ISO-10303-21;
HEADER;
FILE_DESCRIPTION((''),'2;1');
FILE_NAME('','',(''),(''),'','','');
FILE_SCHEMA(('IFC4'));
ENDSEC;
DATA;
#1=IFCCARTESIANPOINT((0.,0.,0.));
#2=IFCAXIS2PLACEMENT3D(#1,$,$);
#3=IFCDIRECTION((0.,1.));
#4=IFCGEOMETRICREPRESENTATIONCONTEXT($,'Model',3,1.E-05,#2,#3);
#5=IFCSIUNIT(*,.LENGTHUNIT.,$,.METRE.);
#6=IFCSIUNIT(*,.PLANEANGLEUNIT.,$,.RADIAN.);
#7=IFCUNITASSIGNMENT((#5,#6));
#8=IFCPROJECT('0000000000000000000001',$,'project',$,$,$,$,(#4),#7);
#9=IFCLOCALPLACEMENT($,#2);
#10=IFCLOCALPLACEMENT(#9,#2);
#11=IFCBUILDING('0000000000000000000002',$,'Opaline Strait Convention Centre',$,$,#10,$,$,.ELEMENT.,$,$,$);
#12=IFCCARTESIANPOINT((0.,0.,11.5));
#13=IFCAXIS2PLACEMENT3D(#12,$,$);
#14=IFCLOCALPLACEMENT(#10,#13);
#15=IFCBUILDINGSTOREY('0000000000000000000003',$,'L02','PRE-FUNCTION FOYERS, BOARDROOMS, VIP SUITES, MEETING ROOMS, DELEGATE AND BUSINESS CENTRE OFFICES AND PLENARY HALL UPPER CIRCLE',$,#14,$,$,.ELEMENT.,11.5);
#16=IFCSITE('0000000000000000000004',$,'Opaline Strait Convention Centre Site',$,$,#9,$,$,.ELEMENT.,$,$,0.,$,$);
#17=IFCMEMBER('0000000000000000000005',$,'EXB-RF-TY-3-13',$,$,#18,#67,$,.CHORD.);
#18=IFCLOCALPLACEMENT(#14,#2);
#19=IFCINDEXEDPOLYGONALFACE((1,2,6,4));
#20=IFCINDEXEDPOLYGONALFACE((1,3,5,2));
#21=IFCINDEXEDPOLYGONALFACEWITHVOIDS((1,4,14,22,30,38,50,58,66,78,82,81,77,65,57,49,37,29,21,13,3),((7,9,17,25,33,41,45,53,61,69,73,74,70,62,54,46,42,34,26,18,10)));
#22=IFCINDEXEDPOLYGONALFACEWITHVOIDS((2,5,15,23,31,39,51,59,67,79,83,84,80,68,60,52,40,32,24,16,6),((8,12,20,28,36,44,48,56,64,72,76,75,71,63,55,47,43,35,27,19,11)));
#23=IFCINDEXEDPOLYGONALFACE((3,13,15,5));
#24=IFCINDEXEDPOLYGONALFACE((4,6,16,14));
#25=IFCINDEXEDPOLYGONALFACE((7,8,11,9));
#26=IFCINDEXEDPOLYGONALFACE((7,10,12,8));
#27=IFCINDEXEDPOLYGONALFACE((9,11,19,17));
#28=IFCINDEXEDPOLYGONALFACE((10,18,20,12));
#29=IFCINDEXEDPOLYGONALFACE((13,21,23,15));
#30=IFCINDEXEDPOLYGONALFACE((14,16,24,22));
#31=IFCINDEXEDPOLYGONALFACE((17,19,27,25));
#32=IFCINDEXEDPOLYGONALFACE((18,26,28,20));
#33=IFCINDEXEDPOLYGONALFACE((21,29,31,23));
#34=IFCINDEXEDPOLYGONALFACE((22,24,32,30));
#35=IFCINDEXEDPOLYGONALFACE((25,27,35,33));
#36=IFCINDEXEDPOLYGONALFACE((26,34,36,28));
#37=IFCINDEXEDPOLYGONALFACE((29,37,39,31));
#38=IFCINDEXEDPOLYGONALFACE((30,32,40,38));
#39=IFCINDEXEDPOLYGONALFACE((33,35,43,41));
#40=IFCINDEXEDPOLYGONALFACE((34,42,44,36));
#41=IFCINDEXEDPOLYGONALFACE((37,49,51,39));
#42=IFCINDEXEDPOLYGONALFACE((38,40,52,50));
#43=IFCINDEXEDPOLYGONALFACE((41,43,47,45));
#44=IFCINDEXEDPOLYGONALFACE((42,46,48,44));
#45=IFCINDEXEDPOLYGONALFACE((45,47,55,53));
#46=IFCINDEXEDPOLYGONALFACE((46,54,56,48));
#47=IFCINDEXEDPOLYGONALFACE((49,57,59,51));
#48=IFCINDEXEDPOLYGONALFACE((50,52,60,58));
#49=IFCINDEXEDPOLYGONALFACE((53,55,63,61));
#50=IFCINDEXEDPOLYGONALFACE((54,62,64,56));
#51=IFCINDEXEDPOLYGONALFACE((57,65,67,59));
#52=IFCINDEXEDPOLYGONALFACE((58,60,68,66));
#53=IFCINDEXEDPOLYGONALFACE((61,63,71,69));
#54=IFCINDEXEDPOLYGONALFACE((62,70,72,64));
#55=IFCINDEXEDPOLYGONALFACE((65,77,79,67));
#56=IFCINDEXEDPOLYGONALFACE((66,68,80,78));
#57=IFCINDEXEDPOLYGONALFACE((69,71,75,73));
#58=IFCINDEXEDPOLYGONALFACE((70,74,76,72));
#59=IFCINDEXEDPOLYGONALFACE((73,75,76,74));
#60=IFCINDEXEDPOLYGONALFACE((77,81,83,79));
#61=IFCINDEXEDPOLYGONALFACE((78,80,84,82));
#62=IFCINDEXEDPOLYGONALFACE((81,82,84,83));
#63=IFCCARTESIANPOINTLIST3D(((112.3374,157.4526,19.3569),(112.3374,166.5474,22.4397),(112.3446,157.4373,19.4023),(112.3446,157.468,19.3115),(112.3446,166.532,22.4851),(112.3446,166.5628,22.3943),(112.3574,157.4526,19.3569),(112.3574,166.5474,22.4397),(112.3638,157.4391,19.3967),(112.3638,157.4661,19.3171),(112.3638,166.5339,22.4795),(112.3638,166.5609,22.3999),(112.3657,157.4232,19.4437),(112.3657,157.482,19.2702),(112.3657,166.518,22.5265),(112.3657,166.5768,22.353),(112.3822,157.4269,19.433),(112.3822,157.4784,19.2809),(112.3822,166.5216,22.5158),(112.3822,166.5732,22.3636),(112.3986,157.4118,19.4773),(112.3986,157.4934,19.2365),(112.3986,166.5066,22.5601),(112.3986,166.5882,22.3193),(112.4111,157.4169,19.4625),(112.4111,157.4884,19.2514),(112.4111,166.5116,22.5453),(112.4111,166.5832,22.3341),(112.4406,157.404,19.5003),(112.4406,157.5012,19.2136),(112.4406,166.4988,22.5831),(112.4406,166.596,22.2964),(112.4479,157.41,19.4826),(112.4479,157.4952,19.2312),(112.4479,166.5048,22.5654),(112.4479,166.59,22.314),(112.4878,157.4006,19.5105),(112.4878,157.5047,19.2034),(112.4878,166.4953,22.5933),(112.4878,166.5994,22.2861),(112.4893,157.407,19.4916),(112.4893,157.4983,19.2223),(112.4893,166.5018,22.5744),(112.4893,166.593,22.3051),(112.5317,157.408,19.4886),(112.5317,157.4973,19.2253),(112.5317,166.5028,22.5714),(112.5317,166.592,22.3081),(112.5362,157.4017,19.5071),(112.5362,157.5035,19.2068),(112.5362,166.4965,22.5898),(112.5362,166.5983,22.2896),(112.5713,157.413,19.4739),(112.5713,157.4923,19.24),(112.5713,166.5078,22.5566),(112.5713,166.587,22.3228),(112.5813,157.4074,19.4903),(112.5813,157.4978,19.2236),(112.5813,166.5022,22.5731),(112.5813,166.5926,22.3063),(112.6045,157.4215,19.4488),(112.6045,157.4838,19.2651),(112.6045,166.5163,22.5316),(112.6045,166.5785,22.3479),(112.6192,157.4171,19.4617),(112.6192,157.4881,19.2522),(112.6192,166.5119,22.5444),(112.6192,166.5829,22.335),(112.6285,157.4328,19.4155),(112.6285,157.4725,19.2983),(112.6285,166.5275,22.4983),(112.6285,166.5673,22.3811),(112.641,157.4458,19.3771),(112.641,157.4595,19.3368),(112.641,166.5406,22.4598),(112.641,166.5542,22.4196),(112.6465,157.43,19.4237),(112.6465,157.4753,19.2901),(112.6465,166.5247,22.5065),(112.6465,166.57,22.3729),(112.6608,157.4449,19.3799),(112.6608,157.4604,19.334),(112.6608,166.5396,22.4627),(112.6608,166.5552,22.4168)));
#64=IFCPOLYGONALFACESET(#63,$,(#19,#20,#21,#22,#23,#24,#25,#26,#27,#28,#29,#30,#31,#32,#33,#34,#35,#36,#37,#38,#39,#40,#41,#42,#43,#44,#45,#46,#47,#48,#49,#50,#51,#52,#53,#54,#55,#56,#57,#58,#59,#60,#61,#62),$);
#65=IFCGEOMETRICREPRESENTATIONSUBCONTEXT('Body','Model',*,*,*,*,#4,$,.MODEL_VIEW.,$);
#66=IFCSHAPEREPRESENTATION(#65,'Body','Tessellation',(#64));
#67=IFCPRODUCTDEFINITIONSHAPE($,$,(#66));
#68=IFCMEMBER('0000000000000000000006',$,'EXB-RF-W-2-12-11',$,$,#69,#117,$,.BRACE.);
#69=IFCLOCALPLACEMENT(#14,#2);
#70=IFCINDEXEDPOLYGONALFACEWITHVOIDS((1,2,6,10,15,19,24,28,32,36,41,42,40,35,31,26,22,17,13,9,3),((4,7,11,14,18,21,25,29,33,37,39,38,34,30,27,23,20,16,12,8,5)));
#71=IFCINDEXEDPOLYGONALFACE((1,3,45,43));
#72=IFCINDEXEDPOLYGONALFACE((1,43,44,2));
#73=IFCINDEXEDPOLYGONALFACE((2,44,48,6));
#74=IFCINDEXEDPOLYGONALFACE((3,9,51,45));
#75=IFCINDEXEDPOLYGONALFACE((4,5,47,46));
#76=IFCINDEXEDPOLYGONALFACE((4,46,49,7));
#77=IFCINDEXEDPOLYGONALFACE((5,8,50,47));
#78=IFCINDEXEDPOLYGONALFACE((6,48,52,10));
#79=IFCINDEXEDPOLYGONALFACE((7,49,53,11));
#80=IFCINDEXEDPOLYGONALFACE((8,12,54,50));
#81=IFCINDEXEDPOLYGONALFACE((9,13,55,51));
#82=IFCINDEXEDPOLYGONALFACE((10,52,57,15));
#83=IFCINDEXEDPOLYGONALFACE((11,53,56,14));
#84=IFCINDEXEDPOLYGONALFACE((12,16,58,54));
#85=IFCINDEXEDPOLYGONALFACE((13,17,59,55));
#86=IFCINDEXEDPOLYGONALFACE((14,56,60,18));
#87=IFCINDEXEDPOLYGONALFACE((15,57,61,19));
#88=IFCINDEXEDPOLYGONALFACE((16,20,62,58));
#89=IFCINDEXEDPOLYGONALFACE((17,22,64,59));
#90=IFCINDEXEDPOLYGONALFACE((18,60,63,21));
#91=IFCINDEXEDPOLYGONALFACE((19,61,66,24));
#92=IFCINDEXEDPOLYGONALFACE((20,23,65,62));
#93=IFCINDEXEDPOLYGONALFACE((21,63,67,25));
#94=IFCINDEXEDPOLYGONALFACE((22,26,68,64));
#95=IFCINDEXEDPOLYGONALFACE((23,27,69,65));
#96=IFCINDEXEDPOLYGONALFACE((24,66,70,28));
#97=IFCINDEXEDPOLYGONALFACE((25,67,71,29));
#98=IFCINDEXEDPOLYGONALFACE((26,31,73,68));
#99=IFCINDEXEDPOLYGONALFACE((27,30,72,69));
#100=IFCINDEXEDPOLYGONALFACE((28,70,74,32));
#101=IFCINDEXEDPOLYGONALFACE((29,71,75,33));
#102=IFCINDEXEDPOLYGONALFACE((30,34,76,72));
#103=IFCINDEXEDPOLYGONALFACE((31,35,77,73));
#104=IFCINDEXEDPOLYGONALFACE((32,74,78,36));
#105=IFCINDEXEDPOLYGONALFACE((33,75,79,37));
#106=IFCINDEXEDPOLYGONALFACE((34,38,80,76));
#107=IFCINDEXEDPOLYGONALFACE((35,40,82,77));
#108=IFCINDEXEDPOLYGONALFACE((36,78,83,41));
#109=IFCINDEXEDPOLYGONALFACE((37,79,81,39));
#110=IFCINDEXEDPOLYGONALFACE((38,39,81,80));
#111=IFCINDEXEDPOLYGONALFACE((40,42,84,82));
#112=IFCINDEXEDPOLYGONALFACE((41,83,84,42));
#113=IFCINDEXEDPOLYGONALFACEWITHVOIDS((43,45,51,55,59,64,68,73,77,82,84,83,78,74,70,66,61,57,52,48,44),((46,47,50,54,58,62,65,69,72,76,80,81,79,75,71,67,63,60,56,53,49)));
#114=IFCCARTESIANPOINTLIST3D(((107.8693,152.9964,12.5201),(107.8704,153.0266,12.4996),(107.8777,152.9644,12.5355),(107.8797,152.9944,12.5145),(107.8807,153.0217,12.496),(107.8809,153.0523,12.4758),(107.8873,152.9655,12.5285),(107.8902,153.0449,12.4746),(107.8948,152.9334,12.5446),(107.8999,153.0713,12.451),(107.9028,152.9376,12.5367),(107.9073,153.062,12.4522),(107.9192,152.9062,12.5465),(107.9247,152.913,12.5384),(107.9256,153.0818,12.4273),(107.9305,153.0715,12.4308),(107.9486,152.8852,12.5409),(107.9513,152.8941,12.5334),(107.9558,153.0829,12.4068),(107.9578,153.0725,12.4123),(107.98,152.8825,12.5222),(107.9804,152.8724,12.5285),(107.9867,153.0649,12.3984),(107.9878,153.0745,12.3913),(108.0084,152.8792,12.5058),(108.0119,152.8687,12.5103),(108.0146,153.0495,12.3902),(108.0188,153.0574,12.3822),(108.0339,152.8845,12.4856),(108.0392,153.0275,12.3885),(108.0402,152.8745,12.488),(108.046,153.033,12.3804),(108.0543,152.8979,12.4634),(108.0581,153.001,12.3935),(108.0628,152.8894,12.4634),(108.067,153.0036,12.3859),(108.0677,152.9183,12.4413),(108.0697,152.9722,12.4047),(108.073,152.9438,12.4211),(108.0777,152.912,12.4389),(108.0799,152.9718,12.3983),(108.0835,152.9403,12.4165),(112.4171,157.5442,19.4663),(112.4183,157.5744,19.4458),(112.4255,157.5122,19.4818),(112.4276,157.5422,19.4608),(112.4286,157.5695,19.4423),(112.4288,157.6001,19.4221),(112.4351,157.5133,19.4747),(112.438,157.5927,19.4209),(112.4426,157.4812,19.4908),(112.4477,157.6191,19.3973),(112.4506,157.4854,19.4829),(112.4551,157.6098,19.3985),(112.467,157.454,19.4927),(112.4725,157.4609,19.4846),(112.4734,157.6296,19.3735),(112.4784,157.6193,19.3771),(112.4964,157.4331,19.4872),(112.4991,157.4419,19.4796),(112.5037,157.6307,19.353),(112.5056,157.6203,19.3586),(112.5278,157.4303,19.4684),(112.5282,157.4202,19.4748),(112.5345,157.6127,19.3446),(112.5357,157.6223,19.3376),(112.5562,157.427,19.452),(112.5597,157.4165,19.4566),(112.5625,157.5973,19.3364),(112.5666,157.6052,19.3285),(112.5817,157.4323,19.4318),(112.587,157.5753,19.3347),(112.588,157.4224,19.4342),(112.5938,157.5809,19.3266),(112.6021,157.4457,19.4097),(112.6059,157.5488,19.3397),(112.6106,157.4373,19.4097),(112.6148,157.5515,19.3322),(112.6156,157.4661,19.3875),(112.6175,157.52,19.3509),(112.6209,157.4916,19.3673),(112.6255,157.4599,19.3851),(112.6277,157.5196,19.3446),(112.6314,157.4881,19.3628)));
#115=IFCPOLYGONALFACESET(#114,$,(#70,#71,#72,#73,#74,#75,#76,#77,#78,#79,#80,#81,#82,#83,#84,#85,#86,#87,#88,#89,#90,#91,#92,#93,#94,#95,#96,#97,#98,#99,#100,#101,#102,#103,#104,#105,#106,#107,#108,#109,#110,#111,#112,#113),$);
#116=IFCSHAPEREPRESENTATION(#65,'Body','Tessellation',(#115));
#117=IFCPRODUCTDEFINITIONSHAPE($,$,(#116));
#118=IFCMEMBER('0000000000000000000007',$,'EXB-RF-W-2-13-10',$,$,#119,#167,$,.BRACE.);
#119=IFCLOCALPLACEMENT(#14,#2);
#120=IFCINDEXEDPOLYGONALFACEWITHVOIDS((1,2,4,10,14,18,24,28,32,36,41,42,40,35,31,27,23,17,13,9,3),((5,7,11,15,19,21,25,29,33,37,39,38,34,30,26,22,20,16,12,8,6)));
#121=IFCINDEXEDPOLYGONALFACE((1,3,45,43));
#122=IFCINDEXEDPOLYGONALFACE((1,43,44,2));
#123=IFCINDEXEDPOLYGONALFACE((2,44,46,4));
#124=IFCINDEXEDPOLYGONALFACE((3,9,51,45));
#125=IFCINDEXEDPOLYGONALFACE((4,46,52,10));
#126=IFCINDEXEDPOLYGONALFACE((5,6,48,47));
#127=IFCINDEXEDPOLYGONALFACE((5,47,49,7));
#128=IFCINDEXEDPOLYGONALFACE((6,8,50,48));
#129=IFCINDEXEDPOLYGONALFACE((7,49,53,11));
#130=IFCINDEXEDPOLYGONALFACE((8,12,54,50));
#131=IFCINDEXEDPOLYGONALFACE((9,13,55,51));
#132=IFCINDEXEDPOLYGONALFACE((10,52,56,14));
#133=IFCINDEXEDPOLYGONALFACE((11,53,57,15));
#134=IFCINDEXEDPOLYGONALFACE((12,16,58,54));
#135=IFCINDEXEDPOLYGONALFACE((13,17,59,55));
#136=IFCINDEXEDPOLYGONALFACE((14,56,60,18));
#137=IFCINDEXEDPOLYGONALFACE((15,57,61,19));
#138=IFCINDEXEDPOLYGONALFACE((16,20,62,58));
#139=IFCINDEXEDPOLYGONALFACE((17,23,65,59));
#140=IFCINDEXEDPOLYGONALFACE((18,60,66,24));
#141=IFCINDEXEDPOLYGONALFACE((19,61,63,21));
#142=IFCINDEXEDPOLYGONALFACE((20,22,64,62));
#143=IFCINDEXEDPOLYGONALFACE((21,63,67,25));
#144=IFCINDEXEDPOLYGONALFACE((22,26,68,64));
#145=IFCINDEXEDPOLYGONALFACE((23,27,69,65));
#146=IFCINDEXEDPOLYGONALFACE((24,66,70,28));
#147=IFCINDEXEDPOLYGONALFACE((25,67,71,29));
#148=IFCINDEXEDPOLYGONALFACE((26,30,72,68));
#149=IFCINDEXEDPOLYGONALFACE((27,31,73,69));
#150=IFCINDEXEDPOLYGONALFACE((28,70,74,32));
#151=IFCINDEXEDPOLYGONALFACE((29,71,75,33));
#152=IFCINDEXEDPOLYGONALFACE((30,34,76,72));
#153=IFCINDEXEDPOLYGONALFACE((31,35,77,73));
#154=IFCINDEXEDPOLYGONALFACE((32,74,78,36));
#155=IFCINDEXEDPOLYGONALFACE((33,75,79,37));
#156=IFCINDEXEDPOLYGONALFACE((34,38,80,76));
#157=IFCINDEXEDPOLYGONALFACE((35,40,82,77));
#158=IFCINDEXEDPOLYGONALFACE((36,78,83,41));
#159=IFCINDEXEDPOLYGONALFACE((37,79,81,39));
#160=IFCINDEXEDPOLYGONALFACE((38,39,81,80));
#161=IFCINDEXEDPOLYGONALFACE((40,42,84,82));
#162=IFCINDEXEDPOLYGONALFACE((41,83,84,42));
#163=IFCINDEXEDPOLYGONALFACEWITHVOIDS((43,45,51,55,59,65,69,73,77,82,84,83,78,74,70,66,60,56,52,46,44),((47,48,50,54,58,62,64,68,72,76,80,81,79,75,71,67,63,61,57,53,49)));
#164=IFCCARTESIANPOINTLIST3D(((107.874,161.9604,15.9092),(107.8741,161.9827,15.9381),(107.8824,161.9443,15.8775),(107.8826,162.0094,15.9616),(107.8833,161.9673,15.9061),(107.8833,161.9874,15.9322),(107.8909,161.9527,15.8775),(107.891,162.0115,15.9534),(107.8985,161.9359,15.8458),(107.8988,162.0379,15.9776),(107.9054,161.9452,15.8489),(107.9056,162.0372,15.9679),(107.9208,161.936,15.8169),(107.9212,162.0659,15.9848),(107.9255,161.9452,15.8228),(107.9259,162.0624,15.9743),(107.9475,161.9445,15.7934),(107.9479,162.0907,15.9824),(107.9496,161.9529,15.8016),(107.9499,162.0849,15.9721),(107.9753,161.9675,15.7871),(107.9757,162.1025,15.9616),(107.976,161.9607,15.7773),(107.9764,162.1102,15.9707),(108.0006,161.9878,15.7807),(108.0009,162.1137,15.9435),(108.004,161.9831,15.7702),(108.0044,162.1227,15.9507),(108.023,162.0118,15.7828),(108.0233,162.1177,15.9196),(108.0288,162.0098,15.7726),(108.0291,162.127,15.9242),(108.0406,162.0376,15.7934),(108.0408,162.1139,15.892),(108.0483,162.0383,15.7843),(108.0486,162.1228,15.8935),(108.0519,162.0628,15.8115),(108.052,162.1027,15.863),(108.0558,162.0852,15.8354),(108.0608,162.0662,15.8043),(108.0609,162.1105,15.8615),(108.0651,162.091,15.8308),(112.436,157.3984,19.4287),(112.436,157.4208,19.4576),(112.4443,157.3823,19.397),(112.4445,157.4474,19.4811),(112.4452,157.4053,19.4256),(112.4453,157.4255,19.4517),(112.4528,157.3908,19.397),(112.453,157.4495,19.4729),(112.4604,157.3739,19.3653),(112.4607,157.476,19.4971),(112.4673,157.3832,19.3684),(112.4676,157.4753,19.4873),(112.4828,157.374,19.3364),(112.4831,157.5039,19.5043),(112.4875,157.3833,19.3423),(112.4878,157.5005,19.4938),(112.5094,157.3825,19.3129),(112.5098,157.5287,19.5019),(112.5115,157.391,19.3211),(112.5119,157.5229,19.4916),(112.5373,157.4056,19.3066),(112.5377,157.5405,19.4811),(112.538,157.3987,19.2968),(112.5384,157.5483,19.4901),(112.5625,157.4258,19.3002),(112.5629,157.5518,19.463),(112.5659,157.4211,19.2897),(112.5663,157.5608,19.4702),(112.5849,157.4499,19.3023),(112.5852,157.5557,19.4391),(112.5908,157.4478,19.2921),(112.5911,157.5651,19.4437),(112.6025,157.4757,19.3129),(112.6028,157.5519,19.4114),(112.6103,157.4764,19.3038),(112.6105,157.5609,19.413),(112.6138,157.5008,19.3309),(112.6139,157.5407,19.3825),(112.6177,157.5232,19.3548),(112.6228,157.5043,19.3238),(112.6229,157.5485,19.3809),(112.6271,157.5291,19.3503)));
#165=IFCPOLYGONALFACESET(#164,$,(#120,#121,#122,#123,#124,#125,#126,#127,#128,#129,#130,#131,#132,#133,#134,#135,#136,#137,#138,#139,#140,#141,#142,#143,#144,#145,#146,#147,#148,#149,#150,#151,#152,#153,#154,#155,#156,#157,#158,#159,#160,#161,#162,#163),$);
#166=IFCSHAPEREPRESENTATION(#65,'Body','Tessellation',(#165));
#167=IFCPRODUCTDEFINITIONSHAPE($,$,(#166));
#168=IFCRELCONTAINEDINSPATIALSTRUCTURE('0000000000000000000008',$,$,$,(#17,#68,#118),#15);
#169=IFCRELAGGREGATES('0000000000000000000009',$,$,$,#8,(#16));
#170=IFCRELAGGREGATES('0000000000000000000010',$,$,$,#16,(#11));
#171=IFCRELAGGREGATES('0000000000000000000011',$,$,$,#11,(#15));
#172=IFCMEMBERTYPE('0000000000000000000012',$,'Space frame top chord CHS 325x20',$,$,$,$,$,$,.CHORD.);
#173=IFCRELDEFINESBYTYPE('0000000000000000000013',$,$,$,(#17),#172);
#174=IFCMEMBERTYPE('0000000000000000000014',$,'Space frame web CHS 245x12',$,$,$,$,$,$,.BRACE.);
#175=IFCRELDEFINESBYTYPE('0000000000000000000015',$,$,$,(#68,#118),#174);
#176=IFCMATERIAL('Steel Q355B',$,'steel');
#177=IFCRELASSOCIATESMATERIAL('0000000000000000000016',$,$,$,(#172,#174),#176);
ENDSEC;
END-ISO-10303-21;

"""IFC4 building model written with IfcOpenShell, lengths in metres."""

from ifc_helpers import new_model, si_unit, direction, frame, origin, origin_2d, place, context, subcontext, project, spatial, hollow_circle, extrude, material, material_profile, profile_set, type_object, element, save


model = new_model("IFC4")

# Units and contexts
model_context = context("Model", 3, precision=1e-05, world=origin(), true_north=direction((0.0, 1.0)))
body_context = subcontext(model_context, "Body", "Model", "MODEL_VIEW")
ifc_project = project(units=[si_unit("LENGTHUNIT", "METRE"), si_unit("PLANEANGLEUNIT", "RADIAN")], contexts=[model_context])

# Site, building, storey
site_placement = place(None, origin())
site = spatial("IfcSite", under=ifc_project, at=site_placement, Name="Opaline Strait Convention Centre Site", CompositionType="ELEMENT", RefElevation=0.0)
building_placement = place(site_placement, origin())
building = spatial("IfcBuilding", under=site, at=building_placement, Name="Opaline Strait Convention Centre", CompositionType="ELEMENT")
storey_placement = place(building_placement, frame((0.0, 0.0, 11.5)))
storey = spatial("IfcBuildingStorey", under=building, at=storey_placement, Name="L02", Description="PRE-FUNCTION FOYERS, BOARDROOMS, VIP SUITES, MEETING ROOMS, DELEGATE AND BUSINESS CENTRE OFFICES AND PLENARY HALL UPPER CIRCLE", CompositionType="ELEMENT", Elevation=11.5)

# Members
ifc_material_1 = material(Name="Steel Q355B", Category="steel")
ifc_material_profile_1 = material_profile(ifc_material_1, hollow_circle(Radius=0.1626, WallThickness=0.02, at=origin_2d()), Name="CHS 325x20")
ifc_profile_set_1 = profile_set([ifc_material_profile_1], Name="Steel Q355B")
member_type_1 = type_object("IfcMemberType", Name="Space frame top chord CHS 325x20", PredefinedType="CHORD", material=ifc_profile_set_1)
member_1_placement = place(storey_placement, frame((112.5, 157.4526, 19.3569), z_axis=(0.0, 0.947072, 0.321021), x_axis=(-1.0, 0.0, 0.0)))
element("IfcMember", 1, at=member_1_placement, inside=storey, type_object=member_type_1, Name="EXB-RF-TY-3-13", PredefinedType="CHORD", context=body_context, shape_type="SweptSolid", body=[
    extrude(hollow_circle(Radius=0.1626, WallThickness=0.02, at=origin_2d()), origin(), (0.0, 0.0, 1.0), 9.603),
])
ifc_material_profile_2 = material_profile(ifc_material_1, hollow_circle(Radius=0.1226, WallThickness=0.012, at=origin_2d()), Name="CHS 245x12")
ifc_profile_set_2 = profile_set([ifc_material_profile_2], Name="Steel Q355B")
member_type_2 = type_object("IfcMemberType", Name="Space frame web CHS 245x12", PredefinedType="BRACE", material=ifc_profile_set_2)
member_2_placement = place(storey_placement, frame((112.5239, 157.5239, 19.4097), z_axis=(-0.480409, -0.480409, -0.733767), x_axis=(0.707107, -0.707107, 0.0)))
element("IfcMember", 2, at=member_2_placement, inside=storey, type_object=member_type_2, Name="EXB-RF-W-2-12-11", PredefinedType="BRACE", context=body_context, shape_type="SweptSolid", body=[
    extrude(hollow_circle(Radius=0.1226, WallThickness=0.012, at=origin_2d()), origin(), (0.0, 0.0, 1.0), 9.4666),
])
member_3_placement = place(storey_placement, frame((112.531, 157.469, 19.397), z_axis=(-0.620748, 0.620748, -0.478899), x_axis=(-0.707107, -0.707107, 0.0)))
element("IfcMember", 3, at=member_3_placement, inside=storey, type_object=member_type_2, Name="EXB-RF-W-2-13-10", PredefinedType="BRACE", context=body_context, shape_type="SweptSolid", body=[
    extrude(hollow_circle(Radius=0.1226, WallThickness=0.012, at=origin_2d()), origin(), (0.0, 0.0, 1.0), 7.3491),
])

save(model, "model.ifc")
